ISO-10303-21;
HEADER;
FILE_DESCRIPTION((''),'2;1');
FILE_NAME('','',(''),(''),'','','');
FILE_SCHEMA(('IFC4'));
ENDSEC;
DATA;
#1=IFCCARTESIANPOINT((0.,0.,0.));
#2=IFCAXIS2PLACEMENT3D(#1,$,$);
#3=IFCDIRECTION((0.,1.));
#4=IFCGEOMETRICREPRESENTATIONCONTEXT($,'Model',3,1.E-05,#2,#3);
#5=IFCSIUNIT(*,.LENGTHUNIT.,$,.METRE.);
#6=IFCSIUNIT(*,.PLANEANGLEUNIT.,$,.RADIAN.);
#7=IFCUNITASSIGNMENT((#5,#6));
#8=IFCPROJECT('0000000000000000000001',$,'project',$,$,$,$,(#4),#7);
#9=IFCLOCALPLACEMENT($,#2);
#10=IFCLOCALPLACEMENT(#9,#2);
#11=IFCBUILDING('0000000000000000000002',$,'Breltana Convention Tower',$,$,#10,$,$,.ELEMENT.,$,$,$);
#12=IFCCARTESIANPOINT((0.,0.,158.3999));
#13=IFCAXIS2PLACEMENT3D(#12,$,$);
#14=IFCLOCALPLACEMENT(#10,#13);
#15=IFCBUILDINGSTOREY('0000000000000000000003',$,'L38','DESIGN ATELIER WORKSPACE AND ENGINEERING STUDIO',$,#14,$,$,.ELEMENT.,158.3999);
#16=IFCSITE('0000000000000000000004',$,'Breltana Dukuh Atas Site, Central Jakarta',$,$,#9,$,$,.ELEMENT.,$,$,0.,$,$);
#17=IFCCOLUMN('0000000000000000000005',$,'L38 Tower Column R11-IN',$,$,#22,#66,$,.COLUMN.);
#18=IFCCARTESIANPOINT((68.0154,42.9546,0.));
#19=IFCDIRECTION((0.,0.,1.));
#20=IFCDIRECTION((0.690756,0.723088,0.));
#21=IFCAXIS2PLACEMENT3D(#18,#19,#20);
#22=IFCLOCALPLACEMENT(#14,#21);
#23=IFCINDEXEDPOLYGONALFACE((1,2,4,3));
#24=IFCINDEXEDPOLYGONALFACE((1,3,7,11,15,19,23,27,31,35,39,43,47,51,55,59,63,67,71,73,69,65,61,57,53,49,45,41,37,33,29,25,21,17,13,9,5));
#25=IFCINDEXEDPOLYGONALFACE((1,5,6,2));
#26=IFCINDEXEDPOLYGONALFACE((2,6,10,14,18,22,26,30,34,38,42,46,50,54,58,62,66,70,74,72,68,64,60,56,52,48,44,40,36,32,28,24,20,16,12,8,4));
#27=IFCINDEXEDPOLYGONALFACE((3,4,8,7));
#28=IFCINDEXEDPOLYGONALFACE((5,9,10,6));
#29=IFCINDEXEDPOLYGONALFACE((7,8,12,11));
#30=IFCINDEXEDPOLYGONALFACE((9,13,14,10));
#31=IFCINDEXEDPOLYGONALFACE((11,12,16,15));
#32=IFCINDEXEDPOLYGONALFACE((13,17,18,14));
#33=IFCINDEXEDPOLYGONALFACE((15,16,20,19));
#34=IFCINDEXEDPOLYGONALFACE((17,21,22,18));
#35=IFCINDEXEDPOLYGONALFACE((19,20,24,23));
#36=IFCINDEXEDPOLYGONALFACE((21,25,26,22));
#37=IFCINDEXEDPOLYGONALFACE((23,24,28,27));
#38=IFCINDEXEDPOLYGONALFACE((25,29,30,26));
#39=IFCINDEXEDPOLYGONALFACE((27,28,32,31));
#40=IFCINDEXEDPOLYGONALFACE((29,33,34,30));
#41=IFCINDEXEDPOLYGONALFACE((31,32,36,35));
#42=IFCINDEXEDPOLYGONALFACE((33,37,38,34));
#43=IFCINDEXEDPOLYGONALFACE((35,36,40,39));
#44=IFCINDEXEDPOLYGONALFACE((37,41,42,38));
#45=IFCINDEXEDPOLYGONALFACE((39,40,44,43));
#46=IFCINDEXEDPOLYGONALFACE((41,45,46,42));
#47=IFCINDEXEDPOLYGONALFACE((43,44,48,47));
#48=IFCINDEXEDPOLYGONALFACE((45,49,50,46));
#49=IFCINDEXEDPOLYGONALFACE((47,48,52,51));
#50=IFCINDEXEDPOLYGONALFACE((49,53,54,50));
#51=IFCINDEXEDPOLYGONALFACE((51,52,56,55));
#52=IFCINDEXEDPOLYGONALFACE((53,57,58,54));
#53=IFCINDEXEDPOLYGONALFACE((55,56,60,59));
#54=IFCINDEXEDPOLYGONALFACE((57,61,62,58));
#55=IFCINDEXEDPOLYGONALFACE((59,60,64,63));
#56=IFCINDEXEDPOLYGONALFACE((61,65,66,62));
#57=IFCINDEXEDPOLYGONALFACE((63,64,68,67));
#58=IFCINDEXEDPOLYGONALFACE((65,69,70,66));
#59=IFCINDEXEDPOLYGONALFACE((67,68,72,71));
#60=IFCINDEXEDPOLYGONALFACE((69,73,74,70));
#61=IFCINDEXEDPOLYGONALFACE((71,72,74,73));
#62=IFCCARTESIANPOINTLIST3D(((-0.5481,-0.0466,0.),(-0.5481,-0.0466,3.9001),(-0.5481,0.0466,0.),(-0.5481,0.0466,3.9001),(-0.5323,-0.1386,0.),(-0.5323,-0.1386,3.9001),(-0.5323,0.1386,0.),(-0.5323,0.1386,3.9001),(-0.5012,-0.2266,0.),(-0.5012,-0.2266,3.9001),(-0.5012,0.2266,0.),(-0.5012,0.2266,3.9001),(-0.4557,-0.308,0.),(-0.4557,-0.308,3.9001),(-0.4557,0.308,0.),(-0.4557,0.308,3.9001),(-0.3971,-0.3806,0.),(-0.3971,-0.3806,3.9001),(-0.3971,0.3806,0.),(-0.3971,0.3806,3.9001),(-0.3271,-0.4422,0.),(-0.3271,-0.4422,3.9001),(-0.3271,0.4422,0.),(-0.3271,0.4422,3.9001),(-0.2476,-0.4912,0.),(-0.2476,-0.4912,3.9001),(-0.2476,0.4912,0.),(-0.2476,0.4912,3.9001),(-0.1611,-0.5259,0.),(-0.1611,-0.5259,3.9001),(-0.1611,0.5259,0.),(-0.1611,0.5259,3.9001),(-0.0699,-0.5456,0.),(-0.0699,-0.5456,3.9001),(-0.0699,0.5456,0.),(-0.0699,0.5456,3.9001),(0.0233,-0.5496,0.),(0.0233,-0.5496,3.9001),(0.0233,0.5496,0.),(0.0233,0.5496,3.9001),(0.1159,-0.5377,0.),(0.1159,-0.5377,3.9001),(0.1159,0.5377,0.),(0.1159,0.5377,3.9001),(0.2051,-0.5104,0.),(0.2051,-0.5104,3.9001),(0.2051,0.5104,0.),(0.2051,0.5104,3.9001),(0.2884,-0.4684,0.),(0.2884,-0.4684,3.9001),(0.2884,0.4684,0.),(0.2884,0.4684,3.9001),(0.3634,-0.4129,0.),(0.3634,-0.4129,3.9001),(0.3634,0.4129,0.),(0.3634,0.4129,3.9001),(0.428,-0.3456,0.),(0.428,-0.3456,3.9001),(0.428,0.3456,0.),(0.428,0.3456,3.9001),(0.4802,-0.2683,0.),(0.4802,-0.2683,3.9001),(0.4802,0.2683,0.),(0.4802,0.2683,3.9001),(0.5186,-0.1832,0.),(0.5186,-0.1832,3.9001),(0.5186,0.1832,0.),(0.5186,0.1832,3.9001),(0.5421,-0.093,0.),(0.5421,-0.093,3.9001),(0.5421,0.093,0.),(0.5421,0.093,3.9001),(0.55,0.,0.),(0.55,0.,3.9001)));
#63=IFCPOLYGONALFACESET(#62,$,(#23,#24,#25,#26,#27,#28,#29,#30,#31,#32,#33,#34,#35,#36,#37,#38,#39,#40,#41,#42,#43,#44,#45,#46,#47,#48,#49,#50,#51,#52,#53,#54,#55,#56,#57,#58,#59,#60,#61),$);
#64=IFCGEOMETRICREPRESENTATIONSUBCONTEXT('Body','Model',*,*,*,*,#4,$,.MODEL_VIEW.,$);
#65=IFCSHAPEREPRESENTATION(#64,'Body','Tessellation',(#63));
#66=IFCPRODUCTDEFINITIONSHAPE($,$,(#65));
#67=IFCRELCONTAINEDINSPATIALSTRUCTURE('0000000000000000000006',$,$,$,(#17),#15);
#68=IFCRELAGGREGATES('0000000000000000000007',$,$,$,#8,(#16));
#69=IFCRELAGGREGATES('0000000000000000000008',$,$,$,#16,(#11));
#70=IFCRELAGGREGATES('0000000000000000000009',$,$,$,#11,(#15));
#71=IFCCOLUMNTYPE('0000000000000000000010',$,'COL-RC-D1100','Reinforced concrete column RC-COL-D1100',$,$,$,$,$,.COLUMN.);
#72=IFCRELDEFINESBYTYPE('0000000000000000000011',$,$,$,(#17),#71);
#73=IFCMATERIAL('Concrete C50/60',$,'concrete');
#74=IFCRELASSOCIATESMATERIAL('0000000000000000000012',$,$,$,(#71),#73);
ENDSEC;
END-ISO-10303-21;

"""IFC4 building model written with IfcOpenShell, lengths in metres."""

from ifc_helpers import new_model, si_unit, direction, frame, origin, origin_2d, place, context, subcontext, project, spatial, circle, extrude, source, transform, mapped, material, material_profile, profile_set, type_object, element, save


model = new_model("IFC4")

# Units and contexts
model_context = context("Model", 3, precision=1e-05, world=origin(), true_north=direction((0.0, 1.0)))
body_context = subcontext(model_context, "Body", "Model", "MODEL_VIEW")
ifc_project = project(units=[si_unit("LENGTHUNIT", "METRE"), si_unit("PLANEANGLEUNIT", "RADIAN")], contexts=[model_context])

# Site, building, storey
site_placement = place(None, origin())
site = spatial("IfcSite", under=ifc_project, at=site_placement, Name="Breltana Dukuh Atas Site, Central Jakarta", CompositionType="ELEMENT", RefElevation=0.0)
building_placement = place(site_placement, origin())
building = spatial("IfcBuilding", under=site, at=building_placement, Name="Breltana Convention Tower", CompositionType="ELEMENT")
storey_placement = place(building_placement, frame((0.0, 0.0, 158.3999)))
storey = spatial("IfcBuildingStorey", under=building, at=storey_placement, Name="L38", Description="DESIGN ATELIER WORKSPACE AND ENGINEERING STUDIO", CompositionType="ELEMENT", Elevation=158.3999)

# Column
ifc_material_1 = material(Name="Concrete C50/60", Category="concrete")
ifc_material_profile_1 = material_profile(ifc_material_1, circle(Radius=0.55, at=origin_2d()), Name="RC-COL-D1100")
ifc_profile_set_1 = profile_set([ifc_material_profile_1], Name="Concrete C50/60")
column_type = type_object("IfcColumnType", Name="COL-RC-D1100", Description="Reinforced concrete column RC-COL-D1100", PredefinedType="COLUMN", material=ifc_profile_set_1)
shared_shape_1 = source(origin(), body_context, "Body", "SweptSolid", [
    extrude(circle(Radius=0.55, at=origin_2d()), origin(), (0.0, 0.0, 1.0), 3.9001),
])
column_placement = place(storey_placement, frame((68.0154, 42.9546, 0.0), z_axis=(0.0, 0.0, 1.0), x_axis=(0.690756, 0.723088, 0.0)))
element("IfcColumn", 1, at=column_placement, inside=storey, type_object=column_type, Name="L38 Tower Column R11-IN", PredefinedType="COLUMN", context=body_context, shape_type="MappedRepresentation", body=[
    mapped(shared_shape_1, transform((0.0, 0.0, 0.0), scale=1.0)),
])

save(model, "model.ifc")
